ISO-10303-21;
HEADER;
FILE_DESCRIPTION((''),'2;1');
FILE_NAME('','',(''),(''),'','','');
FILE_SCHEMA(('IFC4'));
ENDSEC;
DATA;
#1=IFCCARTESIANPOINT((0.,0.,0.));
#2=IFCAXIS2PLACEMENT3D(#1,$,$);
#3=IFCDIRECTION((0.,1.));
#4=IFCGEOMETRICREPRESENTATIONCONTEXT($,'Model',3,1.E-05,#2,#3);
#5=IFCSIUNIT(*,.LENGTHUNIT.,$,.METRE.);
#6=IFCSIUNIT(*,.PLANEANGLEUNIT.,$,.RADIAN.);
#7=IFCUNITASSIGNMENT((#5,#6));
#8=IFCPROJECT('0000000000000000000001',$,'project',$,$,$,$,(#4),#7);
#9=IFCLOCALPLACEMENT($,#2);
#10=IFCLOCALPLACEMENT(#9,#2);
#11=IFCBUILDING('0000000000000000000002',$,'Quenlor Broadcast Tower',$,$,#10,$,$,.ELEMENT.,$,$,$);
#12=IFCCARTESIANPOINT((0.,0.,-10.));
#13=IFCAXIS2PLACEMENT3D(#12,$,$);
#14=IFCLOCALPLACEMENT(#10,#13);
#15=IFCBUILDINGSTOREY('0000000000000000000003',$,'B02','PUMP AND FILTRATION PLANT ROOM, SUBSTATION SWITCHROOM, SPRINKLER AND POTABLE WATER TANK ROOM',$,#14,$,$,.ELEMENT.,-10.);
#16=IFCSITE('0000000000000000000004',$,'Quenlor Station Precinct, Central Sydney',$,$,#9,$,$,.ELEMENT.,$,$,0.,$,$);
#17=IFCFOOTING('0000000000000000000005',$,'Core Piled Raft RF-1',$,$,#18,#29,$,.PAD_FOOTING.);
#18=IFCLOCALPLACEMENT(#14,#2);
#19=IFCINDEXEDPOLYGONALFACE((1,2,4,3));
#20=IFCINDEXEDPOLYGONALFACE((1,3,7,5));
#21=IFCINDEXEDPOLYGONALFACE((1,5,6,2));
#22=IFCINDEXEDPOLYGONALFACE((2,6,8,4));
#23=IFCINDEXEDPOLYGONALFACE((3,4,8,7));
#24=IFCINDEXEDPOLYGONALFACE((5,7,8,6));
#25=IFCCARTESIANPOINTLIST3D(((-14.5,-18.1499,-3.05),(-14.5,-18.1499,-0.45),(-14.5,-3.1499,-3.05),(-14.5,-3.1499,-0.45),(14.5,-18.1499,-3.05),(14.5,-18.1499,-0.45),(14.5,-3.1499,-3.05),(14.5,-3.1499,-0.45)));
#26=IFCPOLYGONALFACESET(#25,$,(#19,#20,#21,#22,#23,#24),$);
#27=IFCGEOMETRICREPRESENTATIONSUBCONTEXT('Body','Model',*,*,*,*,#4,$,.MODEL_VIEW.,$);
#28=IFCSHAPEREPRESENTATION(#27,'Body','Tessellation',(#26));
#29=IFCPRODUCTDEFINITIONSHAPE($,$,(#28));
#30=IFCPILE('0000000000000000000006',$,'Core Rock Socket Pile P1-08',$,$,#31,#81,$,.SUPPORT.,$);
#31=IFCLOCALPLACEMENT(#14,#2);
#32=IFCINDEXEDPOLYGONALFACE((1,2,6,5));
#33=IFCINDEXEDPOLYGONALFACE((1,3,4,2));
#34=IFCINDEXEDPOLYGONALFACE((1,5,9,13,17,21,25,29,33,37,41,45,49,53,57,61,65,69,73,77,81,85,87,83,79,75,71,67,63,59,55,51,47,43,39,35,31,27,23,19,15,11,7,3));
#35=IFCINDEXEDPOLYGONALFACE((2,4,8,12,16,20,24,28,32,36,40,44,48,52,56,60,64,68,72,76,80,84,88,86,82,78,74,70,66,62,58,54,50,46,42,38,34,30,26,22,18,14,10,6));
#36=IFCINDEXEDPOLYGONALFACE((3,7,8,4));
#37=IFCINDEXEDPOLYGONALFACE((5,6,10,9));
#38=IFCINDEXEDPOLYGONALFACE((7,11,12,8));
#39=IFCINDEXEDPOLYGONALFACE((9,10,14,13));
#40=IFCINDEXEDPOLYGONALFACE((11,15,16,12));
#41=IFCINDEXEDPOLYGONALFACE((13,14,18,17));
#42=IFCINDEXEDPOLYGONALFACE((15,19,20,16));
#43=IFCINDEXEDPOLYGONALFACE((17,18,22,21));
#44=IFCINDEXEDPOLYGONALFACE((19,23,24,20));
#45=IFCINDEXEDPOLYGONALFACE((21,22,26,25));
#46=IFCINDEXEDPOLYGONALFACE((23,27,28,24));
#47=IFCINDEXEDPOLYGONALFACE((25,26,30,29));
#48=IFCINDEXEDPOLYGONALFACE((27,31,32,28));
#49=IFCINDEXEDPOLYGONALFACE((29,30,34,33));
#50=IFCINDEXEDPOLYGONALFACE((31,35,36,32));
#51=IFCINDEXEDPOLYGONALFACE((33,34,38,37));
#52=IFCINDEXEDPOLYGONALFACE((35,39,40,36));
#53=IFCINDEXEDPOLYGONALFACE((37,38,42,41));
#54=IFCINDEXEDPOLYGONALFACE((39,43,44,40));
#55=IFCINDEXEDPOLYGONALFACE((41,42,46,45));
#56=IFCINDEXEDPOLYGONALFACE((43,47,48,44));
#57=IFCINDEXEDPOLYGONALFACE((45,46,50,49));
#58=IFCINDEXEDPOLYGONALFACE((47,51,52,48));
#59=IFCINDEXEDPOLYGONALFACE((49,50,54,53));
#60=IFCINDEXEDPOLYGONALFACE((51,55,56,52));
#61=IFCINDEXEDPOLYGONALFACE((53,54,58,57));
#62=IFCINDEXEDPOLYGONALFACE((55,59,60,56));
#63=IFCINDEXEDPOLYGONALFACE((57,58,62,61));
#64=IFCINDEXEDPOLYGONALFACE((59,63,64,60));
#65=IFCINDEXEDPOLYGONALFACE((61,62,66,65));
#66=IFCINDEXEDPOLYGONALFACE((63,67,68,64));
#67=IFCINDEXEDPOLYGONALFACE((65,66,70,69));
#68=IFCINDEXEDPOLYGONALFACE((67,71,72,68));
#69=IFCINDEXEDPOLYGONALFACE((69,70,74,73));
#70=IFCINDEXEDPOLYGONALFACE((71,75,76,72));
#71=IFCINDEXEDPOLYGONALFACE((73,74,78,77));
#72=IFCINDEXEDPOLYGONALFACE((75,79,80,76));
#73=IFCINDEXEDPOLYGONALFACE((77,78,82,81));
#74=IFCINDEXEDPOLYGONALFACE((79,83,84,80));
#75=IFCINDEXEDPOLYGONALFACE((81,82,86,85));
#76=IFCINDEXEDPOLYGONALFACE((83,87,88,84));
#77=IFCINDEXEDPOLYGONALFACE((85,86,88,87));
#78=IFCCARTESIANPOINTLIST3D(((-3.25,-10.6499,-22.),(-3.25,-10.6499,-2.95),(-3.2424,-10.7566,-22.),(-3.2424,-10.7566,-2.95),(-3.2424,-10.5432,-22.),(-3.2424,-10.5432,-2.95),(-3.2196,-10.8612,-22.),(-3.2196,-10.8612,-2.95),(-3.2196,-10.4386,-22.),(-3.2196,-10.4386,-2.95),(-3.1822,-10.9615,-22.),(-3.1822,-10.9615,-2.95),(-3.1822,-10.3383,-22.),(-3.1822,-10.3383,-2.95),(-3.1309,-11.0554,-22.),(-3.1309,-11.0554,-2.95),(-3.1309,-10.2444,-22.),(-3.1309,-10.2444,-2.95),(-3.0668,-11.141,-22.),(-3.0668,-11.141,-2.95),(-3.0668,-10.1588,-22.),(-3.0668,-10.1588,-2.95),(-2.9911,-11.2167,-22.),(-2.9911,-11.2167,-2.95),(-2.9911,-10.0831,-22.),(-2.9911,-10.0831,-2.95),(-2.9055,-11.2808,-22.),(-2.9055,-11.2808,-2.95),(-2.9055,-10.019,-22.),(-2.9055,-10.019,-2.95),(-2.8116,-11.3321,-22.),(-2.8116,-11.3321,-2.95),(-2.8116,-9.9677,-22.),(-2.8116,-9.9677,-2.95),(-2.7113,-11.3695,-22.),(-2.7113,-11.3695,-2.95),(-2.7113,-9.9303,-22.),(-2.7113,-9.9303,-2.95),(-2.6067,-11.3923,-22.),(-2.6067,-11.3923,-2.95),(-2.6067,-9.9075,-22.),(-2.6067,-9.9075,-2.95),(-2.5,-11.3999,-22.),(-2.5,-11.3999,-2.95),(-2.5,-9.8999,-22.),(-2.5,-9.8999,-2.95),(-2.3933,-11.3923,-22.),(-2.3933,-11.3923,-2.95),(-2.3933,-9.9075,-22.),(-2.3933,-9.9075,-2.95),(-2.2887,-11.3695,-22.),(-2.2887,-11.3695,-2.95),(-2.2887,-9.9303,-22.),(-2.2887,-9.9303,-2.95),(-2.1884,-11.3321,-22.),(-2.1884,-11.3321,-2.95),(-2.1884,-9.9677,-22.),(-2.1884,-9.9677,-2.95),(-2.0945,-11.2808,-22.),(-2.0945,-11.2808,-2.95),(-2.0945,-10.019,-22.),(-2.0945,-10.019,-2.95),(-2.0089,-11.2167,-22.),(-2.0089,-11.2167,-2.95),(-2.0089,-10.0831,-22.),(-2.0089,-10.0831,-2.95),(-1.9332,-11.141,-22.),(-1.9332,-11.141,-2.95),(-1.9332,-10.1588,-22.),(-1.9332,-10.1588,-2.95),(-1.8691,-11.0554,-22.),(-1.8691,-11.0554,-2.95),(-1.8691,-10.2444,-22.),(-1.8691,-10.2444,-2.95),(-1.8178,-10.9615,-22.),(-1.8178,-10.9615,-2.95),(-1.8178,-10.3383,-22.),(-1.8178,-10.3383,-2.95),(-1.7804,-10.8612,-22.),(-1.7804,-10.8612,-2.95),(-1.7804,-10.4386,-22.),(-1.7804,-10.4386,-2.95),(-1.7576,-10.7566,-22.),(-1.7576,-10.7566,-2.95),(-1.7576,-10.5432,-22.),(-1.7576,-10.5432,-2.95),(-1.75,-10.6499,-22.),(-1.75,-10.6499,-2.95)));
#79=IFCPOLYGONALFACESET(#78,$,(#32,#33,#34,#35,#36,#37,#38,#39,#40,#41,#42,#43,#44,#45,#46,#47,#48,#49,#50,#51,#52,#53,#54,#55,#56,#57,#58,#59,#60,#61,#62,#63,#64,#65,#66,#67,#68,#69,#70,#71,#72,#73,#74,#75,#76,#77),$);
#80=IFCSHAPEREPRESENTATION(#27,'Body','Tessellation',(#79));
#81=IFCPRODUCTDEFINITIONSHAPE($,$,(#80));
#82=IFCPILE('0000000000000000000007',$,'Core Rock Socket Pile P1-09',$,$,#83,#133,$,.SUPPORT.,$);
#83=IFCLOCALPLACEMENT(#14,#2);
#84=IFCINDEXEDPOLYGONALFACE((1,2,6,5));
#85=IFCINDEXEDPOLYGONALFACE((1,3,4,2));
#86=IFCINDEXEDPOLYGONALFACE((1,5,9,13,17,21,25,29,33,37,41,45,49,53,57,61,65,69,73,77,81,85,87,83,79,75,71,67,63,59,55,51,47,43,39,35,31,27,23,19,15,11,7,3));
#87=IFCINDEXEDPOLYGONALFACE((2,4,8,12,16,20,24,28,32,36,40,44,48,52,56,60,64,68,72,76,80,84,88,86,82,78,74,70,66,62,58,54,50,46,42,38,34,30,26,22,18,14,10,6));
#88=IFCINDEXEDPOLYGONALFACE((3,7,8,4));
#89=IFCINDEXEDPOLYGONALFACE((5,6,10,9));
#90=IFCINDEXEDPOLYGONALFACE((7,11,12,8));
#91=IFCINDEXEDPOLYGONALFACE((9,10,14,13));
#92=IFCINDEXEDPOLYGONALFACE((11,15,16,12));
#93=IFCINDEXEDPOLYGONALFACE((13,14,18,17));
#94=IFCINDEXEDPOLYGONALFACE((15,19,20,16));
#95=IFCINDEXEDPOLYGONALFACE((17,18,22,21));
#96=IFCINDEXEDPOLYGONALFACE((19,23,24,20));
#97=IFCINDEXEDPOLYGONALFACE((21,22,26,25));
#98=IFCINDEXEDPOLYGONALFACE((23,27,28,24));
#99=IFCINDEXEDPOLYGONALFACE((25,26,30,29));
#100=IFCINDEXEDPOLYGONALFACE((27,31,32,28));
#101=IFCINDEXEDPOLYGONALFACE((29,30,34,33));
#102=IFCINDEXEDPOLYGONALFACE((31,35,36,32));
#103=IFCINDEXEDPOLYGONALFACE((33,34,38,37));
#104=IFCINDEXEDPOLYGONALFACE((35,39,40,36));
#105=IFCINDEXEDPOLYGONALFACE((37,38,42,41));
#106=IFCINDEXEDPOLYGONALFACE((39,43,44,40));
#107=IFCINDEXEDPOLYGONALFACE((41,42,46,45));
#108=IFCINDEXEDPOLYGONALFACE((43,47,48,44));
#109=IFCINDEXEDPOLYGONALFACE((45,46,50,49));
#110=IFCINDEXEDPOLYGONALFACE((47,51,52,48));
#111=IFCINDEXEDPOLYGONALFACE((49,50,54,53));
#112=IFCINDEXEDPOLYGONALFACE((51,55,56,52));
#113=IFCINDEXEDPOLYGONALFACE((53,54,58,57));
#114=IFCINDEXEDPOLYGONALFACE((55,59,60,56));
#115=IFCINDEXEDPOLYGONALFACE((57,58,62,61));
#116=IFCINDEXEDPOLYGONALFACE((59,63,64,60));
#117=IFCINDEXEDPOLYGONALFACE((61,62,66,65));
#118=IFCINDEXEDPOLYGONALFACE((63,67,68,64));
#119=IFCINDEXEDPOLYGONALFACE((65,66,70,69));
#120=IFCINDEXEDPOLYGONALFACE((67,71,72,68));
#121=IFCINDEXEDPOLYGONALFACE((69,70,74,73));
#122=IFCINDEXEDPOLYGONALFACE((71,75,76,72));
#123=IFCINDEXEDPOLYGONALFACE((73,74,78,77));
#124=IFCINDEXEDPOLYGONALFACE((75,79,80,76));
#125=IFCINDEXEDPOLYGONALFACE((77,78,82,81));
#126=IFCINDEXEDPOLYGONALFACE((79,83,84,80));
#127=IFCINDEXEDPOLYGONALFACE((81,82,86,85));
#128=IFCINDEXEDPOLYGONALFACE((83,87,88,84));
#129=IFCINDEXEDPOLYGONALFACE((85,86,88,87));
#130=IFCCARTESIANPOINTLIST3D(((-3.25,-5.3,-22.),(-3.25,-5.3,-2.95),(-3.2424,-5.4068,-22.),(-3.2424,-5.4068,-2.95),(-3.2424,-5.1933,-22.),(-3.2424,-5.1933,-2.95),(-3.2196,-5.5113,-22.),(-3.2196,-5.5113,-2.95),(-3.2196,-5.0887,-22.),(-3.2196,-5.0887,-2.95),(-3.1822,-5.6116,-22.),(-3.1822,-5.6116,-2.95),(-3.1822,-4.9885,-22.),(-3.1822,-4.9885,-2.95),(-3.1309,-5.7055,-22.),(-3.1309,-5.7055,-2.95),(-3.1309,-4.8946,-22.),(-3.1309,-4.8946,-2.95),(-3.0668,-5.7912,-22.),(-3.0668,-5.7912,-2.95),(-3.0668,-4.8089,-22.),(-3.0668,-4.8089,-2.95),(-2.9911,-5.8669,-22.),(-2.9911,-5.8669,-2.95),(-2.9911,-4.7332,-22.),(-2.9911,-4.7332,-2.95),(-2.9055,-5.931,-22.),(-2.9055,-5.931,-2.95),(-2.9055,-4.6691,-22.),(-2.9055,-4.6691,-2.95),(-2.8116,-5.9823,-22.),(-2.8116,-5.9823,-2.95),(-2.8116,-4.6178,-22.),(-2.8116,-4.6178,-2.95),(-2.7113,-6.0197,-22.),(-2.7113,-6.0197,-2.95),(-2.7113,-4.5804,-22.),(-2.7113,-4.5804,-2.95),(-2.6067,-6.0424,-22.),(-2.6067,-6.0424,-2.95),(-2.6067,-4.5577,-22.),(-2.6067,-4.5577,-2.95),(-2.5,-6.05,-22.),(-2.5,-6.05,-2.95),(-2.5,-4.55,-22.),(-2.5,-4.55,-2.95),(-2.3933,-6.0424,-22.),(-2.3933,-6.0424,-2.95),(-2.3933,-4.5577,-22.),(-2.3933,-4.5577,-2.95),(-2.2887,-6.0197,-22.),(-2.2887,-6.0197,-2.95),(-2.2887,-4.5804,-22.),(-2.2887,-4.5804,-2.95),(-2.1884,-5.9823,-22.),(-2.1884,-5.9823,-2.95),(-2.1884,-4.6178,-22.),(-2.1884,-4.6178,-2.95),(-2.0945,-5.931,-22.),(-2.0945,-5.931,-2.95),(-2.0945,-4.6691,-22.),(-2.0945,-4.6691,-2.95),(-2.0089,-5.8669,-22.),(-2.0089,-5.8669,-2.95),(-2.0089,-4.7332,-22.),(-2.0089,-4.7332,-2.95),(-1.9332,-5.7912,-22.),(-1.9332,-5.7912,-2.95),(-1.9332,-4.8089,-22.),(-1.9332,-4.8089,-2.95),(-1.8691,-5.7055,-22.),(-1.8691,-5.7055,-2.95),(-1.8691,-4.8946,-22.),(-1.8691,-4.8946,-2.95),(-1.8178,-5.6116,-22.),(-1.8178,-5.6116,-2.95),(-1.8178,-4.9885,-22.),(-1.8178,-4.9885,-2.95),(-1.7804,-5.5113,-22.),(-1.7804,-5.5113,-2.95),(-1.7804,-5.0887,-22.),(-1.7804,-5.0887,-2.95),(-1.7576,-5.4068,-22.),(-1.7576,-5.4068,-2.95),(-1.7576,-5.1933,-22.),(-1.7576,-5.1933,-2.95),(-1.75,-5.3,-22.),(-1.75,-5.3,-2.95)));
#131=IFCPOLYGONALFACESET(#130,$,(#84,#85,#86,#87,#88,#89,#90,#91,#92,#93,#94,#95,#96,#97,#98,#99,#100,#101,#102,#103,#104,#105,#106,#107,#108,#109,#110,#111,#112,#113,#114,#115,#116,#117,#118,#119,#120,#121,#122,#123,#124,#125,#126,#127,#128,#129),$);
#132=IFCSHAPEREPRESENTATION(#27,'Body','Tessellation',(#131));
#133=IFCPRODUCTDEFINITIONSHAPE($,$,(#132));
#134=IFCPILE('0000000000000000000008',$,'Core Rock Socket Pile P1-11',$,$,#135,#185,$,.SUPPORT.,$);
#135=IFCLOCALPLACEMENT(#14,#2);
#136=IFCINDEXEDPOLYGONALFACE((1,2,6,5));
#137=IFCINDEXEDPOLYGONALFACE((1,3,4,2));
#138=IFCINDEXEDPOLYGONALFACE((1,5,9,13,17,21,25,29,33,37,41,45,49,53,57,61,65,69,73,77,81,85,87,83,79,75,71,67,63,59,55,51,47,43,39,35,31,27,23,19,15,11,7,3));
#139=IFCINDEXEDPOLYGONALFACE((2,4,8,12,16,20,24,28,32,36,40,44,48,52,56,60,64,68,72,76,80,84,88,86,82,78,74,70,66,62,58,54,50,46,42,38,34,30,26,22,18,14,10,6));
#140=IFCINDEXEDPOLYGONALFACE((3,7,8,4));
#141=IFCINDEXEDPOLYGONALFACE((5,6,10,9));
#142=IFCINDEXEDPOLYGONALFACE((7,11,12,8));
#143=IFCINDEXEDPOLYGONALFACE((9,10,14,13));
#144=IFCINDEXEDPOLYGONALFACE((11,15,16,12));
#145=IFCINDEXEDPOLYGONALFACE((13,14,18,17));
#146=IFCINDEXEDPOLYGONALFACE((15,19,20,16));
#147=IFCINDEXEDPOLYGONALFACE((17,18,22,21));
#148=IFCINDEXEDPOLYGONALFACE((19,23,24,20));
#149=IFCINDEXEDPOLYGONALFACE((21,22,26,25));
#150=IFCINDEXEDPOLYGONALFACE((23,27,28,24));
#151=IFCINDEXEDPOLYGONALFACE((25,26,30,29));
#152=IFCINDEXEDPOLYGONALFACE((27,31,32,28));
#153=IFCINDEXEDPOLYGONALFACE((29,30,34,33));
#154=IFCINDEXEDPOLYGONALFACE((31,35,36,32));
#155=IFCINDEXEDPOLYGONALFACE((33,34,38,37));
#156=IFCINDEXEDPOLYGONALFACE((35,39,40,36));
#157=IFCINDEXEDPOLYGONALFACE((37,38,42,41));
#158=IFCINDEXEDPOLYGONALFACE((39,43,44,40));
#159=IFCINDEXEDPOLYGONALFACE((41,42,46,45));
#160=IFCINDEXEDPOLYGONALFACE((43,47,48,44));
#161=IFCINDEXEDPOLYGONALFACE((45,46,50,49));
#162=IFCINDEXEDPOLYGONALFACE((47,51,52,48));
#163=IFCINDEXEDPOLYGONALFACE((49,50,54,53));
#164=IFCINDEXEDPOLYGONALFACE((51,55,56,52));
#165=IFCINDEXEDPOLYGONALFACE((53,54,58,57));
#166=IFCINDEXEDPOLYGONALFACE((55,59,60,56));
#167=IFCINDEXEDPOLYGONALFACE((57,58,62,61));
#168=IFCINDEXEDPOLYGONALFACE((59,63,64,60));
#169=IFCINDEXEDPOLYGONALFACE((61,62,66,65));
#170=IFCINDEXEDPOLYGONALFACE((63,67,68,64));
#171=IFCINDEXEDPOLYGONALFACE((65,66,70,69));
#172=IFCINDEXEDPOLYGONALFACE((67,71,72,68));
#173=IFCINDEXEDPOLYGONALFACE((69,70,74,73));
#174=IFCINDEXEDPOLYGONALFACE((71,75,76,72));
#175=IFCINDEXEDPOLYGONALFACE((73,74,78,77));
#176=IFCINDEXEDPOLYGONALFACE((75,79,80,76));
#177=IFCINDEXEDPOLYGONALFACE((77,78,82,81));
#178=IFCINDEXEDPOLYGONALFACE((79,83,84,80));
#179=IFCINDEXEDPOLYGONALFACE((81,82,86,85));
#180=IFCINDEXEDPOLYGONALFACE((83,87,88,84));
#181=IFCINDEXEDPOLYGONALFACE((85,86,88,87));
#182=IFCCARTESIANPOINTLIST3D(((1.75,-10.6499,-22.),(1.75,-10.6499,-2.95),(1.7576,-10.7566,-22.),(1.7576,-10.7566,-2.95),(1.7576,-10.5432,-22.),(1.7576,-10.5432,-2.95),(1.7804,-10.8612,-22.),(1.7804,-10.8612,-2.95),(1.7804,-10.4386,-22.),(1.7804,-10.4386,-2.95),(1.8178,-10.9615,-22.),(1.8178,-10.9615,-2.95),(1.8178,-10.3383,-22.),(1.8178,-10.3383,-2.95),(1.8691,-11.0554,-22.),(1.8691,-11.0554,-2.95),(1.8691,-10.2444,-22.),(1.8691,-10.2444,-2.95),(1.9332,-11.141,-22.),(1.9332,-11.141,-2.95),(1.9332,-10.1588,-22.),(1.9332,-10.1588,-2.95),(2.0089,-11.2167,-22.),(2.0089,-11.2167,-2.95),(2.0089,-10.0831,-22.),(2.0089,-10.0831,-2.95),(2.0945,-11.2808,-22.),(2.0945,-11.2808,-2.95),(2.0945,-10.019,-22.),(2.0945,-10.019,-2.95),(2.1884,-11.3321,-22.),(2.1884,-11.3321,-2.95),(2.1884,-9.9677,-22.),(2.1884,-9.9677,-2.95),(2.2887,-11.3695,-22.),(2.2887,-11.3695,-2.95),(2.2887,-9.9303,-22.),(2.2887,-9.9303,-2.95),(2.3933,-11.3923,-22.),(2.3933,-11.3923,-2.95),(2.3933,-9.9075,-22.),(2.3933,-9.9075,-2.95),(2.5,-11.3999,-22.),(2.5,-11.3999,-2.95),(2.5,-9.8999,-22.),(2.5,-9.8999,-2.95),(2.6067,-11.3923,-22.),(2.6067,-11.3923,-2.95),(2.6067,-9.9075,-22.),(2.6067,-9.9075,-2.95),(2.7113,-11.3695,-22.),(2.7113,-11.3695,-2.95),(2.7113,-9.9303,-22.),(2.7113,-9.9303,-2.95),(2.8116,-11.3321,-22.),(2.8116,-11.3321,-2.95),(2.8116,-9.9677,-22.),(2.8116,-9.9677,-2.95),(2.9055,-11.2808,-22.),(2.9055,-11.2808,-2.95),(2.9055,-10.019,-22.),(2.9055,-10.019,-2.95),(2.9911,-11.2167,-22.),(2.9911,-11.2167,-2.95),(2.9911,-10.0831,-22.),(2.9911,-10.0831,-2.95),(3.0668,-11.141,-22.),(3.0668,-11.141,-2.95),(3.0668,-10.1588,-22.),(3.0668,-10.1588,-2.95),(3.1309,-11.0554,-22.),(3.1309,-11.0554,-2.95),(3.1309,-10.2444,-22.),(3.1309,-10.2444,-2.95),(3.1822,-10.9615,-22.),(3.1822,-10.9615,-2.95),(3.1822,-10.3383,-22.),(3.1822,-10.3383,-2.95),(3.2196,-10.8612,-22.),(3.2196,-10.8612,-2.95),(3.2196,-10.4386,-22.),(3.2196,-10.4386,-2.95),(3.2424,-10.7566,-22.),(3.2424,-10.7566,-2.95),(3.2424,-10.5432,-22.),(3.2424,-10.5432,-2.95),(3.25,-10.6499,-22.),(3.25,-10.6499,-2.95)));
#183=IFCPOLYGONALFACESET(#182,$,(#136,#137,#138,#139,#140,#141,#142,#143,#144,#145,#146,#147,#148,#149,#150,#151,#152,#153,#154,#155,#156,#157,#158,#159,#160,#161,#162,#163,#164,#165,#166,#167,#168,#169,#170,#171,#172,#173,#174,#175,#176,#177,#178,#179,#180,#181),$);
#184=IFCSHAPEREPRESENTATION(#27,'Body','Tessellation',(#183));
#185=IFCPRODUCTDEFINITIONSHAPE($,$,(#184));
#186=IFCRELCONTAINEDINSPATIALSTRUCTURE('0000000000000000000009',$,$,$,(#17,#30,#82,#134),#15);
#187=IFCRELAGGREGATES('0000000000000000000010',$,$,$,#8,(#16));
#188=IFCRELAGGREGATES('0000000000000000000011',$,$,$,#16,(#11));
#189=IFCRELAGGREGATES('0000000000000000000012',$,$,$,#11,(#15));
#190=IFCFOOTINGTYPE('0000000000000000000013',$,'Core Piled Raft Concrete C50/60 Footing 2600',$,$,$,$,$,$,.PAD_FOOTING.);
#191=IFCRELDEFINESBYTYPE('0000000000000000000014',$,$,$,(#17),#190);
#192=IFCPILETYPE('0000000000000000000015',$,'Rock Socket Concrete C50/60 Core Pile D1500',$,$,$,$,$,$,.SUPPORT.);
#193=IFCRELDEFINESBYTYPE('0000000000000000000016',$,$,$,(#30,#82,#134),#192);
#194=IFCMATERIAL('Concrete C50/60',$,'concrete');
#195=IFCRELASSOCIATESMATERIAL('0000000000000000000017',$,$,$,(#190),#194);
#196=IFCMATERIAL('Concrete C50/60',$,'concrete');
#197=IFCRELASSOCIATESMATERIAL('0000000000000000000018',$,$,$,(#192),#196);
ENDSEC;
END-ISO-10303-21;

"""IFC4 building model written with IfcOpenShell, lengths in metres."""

from ifc_helpers import new_model, si_unit, direction, frame, origin, origin_2d, place, context, subcontext, project, spatial, rectangle, circle, extrude, material, material_profile, profile_set, type_object, element, save


model = new_model("IFC4")

# Units and contexts
model_context = context("Model", 3, precision=1e-05, world=origin(), true_north=direction((0.0, 1.0)))
body_context = subcontext(model_context, "Body", "Model", "MODEL_VIEW")
ifc_project = project(units=[si_unit("LENGTHUNIT", "METRE"), si_unit("PLANEANGLEUNIT", "RADIAN")], contexts=[model_context])

# Site, building, storey
site_placement = place(None, origin())
site = spatial("IfcSite", under=ifc_project, at=site_placement, Name="Quenlor Station Precinct, Central Sydney", CompositionType="ELEMENT", RefElevation=0.0)
building_placement = place(site_placement, origin())
building = spatial("IfcBuilding", under=site, at=building_placement, Name="Quenlor Broadcast Tower", CompositionType="ELEMENT")
storey_placement = place(building_placement, frame((0.0, 0.0, -10.0)))
storey = spatial("IfcBuildingStorey", under=building, at=storey_placement, Name="B02", Description="PUMP AND FILTRATION PLANT ROOM, SUBSTATION SWITCHROOM, SPRINKLER AND POTABLE WATER TANK ROOM", CompositionType="ELEMENT", Elevation=-10.0)

# Footing
ifc_material_1 = material(Name="Concrete C50/60", Category="concrete")
footing_type = type_object("IfcFootingType", Name="Core Piled Raft Concrete C50/60 Footing 2600", PredefinedType="PAD_FOOTING", material=ifc_material_1)
footing_placement = place(storey_placement, frame((0.0, -10.6499, -3.05), z_axis=(0.0, 0.0, 1.0), x_axis=(1.0, 0.0, 0.0)))
element("IfcFooting", 1, at=footing_placement, inside=storey, type_object=footing_type, Name="Core Piled Raft RF-1", PredefinedType="PAD_FOOTING", context=body_context, shape_type="SweptSolid", body=[
    extrude(rectangle(XDim=29.0, YDim=15.0, at=origin_2d()), origin(), (0.0, 0.0, 1.0), 2.6001),
])

# Piles
ifc_material_2 = material(Name="Concrete C50/60", Category="concrete")
ifc_material_profile_1 = material_profile(ifc_material_2, circle(Radius=0.75, at=origin_2d()))
ifc_profile_set_1 = profile_set([ifc_material_profile_1], Name="Concrete C50/60 PILE1500")
pile_type = type_object("IfcPileType", Name="Rock Socket Concrete C50/60 Core Pile D1500", PredefinedType="SUPPORT", material=ifc_profile_set_1)
for number, where, z_axis, x_axis, name in (
    (2, (-2.5, -10.6499, -2.95), (0.0, 0.0, -1.0), (1.0, 0.0, 0.0), "Core Rock Socket Pile P1-08"),
    (3, (-2.5, -5.3, -2.95), (0.0, 0.0, -1.0), (1.0, 0.0, 0.0), "Core Rock Socket Pile P1-09"),
    (4, (2.5, -10.6499, -2.95), (0.0, 0.0, -1.0), (1.0, 0.0, 0.0), "Core Rock Socket Pile P1-11"),
):
    element("IfcPile", number, at=place(storey_placement, frame(where, z_axis=z_axis, x_axis=x_axis)), inside=storey, type_object=pile_type, Name=name, PredefinedType="SUPPORT", context=body_context, shape_type="SweptSolid", body=[
        extrude(circle(Radius=0.75, at=origin_2d()), origin(), (0.0, 0.0, 1.0), 19.05),
    ])

save(model, "model.ifc")
